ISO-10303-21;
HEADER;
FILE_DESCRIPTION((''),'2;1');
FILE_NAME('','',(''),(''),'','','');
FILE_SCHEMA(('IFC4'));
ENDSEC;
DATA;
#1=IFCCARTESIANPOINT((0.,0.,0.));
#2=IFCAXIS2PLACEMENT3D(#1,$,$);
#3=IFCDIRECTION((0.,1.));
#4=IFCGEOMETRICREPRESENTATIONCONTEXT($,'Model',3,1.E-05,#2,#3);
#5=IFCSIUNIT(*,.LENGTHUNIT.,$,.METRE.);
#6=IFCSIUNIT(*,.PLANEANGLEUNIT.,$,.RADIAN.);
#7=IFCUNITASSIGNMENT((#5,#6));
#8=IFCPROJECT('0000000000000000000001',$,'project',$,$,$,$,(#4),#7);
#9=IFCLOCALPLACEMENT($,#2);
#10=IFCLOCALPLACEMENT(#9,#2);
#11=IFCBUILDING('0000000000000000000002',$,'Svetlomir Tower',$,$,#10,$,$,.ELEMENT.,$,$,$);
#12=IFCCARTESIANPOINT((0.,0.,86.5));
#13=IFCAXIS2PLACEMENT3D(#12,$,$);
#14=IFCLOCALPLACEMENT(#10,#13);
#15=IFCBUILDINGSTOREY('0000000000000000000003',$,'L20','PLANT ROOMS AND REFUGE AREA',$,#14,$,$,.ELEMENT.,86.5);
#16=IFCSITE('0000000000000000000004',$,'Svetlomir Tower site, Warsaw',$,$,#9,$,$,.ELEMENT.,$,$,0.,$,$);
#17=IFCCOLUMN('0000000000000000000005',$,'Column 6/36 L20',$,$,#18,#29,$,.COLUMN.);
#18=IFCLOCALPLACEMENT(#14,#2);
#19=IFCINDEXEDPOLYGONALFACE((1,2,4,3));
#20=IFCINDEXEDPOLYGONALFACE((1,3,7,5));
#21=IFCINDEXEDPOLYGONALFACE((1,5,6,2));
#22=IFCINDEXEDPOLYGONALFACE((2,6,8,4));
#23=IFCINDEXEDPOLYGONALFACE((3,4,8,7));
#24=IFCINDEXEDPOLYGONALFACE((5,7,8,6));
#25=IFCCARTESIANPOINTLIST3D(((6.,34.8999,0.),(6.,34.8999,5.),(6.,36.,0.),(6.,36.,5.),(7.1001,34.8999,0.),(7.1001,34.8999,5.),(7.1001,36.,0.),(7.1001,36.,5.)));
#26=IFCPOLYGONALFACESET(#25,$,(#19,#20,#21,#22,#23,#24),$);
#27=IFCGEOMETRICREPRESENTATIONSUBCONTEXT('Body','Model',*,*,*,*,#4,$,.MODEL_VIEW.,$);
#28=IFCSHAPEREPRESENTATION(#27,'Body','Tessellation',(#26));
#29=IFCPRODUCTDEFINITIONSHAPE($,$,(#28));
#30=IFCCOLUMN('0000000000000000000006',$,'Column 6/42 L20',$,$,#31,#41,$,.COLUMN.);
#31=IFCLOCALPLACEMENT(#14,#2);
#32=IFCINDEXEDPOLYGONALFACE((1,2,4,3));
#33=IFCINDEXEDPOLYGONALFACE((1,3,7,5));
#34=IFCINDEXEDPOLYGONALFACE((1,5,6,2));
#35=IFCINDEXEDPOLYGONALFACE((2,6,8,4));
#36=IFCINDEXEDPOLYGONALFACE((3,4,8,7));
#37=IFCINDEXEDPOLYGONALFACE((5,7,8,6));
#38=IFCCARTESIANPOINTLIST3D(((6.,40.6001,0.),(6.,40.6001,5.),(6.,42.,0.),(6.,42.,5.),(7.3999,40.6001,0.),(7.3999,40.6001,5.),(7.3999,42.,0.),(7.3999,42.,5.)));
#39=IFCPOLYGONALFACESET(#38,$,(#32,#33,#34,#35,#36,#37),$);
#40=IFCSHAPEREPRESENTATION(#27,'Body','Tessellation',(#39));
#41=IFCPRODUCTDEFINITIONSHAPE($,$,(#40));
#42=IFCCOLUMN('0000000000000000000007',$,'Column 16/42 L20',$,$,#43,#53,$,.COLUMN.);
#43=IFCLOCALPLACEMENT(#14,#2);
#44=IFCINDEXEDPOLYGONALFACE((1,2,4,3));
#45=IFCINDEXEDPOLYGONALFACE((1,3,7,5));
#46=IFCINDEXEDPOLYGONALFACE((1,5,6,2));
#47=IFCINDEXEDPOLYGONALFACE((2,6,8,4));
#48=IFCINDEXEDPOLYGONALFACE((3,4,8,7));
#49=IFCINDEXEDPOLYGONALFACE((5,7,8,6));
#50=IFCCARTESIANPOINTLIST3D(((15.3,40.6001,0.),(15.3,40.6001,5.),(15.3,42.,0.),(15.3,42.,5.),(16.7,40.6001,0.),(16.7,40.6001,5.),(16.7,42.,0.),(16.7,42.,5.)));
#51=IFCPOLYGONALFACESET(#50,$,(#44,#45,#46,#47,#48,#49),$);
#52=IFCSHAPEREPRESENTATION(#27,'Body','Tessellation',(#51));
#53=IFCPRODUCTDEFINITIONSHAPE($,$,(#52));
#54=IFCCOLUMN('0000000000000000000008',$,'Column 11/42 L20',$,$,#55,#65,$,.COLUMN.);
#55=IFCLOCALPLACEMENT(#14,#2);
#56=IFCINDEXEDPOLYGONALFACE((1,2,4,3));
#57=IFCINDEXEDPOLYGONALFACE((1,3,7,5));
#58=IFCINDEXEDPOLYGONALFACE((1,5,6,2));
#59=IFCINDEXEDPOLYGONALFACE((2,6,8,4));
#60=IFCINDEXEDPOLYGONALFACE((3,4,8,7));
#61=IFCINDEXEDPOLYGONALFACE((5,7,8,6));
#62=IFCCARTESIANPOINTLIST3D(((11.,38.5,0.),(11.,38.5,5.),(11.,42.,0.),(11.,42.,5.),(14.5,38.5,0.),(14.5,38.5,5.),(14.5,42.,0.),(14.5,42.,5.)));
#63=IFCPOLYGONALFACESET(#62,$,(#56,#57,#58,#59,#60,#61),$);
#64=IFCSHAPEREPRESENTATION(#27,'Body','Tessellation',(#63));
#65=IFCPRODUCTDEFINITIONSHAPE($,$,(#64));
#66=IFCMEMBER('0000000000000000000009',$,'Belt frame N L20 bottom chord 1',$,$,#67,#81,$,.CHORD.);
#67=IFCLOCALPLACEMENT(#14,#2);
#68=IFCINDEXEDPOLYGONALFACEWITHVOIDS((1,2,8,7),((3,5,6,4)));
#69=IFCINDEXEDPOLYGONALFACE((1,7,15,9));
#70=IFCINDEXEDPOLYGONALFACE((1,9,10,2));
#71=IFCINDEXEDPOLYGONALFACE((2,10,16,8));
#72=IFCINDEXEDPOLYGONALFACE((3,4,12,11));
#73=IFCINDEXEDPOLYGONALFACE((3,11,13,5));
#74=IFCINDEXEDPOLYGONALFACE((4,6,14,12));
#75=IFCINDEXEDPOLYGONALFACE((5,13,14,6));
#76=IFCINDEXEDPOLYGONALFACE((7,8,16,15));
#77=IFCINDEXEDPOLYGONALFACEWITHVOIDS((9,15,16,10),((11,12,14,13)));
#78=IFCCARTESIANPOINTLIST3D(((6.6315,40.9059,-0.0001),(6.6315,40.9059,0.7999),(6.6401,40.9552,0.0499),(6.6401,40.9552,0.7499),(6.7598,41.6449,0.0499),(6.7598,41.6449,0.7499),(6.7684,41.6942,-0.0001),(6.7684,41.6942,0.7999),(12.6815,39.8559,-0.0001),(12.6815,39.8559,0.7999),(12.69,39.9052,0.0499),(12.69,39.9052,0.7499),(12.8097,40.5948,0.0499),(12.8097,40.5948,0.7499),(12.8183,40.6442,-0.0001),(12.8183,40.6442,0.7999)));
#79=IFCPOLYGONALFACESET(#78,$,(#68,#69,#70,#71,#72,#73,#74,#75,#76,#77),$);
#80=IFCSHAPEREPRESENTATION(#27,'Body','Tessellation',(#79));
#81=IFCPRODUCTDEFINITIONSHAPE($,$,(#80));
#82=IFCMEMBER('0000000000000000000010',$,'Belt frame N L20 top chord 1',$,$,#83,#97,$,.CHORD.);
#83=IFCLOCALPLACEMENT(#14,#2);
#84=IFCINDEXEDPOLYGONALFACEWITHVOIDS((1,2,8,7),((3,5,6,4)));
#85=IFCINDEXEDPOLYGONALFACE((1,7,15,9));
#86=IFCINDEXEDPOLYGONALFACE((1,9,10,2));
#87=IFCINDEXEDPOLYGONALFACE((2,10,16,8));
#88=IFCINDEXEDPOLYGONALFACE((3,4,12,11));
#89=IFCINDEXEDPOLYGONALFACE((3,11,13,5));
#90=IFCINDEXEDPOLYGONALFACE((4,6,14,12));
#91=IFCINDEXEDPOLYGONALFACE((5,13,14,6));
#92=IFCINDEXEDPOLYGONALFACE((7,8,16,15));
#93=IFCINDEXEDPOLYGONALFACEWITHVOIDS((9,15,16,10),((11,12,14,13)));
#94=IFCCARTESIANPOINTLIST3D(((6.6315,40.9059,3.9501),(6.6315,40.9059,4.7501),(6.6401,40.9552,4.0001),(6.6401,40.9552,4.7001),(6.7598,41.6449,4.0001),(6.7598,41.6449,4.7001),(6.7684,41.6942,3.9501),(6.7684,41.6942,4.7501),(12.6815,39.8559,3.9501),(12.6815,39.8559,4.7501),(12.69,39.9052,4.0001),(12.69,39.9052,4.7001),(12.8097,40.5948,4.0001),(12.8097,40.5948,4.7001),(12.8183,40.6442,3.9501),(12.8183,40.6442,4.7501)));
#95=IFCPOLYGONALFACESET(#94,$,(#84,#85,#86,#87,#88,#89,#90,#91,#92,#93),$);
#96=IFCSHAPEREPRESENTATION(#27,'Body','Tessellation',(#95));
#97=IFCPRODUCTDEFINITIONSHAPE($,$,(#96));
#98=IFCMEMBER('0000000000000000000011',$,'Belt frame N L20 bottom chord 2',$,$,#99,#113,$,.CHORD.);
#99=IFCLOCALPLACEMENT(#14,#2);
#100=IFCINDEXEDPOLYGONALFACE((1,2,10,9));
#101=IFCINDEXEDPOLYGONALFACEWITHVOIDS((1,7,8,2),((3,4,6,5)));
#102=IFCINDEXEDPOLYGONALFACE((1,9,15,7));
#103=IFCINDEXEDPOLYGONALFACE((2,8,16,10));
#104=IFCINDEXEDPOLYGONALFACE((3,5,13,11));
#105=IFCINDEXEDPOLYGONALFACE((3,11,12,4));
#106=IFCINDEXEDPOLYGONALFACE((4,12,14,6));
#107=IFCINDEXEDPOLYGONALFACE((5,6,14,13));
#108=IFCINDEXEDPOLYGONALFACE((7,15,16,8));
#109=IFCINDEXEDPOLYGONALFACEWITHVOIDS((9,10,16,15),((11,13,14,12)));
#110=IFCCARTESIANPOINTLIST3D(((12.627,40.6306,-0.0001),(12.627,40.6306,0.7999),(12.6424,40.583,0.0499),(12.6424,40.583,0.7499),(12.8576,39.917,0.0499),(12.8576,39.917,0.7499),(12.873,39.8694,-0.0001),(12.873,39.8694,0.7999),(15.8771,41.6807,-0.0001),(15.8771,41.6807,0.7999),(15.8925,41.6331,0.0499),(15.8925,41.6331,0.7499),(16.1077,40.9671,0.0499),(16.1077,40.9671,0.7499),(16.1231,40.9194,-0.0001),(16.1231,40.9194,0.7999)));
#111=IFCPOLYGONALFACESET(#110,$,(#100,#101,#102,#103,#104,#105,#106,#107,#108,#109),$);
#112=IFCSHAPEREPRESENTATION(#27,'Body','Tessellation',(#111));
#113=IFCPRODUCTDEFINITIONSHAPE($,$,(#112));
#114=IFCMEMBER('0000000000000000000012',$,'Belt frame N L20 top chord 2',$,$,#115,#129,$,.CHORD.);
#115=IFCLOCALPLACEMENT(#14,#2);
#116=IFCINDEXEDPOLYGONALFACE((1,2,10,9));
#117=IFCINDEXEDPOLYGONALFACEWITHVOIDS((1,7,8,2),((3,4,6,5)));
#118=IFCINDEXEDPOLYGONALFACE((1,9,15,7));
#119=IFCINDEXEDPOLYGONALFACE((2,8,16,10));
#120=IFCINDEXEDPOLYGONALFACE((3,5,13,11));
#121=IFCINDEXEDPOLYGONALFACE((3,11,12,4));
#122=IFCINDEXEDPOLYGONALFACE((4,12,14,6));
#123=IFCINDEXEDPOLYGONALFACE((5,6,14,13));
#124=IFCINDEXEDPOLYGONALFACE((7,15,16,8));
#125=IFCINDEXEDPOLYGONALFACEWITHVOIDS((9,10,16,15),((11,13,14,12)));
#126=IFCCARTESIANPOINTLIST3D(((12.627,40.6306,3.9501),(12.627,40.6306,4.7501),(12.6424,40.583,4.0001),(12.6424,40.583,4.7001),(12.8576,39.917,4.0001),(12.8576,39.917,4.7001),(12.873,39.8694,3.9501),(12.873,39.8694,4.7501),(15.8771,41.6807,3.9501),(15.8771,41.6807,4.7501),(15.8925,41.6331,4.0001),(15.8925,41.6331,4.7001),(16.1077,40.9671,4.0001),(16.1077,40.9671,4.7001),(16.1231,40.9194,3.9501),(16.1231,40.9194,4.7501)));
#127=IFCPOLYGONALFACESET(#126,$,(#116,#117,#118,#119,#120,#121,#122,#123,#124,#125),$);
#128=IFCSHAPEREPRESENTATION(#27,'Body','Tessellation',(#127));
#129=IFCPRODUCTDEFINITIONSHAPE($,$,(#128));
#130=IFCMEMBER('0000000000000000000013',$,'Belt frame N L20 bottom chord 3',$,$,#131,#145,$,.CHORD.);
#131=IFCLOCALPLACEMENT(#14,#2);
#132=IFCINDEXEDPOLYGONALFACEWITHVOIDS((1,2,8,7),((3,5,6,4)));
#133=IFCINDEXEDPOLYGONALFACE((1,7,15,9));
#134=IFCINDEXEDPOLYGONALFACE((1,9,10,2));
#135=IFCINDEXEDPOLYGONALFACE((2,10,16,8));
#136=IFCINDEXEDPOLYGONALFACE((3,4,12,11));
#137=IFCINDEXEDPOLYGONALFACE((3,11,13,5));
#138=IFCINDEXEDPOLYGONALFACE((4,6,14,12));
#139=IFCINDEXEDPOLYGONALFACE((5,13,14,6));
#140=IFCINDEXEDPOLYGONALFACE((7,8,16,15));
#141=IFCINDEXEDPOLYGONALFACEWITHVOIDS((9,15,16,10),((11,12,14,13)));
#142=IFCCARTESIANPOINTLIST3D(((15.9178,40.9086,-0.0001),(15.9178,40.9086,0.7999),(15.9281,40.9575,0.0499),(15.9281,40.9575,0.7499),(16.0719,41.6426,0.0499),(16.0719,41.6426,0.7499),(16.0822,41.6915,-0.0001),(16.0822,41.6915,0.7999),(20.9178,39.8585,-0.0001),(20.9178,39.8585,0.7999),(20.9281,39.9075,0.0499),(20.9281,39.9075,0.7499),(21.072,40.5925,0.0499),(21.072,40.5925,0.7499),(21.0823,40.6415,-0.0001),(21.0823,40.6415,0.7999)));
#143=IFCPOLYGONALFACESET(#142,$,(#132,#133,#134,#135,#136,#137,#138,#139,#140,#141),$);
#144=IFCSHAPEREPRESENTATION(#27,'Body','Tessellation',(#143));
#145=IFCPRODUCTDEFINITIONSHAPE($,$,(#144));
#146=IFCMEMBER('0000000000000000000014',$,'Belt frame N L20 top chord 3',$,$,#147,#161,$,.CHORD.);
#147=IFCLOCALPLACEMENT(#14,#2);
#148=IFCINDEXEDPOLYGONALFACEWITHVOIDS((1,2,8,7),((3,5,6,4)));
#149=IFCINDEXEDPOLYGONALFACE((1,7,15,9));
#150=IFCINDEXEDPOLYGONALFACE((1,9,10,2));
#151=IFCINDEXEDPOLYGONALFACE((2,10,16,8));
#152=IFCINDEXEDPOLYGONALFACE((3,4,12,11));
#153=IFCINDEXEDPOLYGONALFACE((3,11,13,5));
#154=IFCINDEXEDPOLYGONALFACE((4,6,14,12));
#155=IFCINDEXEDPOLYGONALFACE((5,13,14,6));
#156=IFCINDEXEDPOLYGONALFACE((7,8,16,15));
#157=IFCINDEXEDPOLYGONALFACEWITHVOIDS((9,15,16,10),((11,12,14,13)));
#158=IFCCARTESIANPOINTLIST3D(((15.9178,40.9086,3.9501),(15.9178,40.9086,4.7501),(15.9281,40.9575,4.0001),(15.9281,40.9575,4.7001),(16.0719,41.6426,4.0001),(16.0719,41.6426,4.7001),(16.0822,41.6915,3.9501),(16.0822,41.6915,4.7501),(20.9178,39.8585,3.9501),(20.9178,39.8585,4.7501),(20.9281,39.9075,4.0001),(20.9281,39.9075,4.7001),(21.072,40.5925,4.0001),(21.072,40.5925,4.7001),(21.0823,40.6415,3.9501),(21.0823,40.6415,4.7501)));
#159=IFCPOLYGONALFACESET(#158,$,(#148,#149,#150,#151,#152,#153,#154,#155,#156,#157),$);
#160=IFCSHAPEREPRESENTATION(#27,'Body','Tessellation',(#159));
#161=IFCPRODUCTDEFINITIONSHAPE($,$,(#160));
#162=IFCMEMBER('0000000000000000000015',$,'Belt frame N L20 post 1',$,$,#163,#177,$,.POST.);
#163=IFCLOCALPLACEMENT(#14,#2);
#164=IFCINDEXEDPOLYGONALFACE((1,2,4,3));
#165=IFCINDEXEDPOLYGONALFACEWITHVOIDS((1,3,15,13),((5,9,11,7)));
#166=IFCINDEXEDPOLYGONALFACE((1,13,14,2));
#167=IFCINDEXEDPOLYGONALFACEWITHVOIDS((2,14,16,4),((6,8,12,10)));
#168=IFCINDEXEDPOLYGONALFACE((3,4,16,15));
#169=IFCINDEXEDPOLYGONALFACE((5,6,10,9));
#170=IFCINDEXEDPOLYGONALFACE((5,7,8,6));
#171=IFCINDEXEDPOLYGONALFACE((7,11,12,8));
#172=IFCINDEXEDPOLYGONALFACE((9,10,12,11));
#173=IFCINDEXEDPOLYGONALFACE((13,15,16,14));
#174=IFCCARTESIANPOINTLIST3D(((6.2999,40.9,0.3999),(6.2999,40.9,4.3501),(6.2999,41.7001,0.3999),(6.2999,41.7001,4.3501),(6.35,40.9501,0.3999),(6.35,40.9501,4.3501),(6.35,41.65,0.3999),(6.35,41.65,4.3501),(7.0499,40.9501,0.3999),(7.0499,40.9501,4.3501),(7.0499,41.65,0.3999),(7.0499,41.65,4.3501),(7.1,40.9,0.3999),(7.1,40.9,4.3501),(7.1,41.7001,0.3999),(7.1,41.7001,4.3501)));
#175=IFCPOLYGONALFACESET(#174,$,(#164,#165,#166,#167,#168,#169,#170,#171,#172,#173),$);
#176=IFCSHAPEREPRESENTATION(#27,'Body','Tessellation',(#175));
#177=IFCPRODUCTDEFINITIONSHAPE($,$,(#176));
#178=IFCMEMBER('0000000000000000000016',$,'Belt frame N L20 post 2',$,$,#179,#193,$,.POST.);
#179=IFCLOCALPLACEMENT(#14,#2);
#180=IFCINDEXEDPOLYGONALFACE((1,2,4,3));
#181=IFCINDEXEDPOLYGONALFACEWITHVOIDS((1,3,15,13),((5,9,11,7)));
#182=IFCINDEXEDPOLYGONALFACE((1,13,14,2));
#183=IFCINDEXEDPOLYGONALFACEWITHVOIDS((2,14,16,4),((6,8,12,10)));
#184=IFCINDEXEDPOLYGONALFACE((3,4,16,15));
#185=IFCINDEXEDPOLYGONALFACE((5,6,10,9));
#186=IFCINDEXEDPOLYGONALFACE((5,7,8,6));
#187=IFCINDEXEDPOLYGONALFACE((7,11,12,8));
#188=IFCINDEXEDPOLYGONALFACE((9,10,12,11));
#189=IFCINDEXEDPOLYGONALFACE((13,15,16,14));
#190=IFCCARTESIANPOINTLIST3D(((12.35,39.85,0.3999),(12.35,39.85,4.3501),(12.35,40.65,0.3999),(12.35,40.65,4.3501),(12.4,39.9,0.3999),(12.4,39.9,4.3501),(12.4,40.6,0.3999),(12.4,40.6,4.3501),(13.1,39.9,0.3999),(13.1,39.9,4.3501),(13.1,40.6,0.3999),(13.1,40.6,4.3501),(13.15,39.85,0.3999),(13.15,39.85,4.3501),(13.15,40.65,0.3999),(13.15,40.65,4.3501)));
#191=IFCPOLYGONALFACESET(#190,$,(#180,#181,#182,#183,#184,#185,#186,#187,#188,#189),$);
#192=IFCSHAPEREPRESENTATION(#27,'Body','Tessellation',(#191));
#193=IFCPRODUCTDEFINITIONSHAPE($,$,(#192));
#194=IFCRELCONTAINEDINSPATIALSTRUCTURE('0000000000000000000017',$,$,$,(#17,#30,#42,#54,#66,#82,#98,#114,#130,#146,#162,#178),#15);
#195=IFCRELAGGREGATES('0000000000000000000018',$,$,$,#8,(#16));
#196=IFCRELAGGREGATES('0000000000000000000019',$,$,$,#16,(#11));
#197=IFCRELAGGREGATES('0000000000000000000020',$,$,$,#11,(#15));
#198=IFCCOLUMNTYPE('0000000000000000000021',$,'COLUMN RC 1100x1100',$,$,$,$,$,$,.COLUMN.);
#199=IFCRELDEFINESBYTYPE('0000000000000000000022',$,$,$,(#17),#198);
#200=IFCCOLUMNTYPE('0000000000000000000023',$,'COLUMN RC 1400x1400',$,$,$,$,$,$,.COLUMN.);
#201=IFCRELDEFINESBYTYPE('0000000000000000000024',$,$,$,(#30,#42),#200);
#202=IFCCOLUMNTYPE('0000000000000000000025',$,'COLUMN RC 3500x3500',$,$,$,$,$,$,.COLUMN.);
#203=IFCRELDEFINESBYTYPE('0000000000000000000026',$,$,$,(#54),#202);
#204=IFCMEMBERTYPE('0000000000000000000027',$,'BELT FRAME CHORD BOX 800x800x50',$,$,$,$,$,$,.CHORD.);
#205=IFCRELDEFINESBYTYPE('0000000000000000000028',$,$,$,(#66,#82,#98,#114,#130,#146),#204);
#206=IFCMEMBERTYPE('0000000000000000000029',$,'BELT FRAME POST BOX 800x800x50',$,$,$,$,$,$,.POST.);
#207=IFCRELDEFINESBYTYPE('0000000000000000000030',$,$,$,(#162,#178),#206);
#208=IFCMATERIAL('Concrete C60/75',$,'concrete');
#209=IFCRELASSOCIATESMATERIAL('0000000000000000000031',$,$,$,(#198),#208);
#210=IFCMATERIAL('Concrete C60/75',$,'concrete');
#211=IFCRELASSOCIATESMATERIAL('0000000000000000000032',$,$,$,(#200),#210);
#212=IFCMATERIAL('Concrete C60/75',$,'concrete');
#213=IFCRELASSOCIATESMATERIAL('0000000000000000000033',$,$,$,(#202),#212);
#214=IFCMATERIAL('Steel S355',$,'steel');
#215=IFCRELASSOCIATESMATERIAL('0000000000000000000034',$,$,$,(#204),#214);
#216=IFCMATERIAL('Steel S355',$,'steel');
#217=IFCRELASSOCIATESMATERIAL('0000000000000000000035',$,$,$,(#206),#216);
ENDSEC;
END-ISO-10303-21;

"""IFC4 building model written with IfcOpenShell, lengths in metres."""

from ifc_helpers import new_model, si_unit, direction, frame, origin, origin_2d, place, context, subcontext, project, spatial, rectangle, hollow_rectangle, extrude, material, material_profile, profile_set, type_object, element, save


model = new_model("IFC4")

# Units and contexts
model_context = context("Model", 3, precision=1e-05, world=origin(), true_north=direction((0.0, 1.0)))
body_context = subcontext(model_context, "Body", "Model", "MODEL_VIEW")
ifc_project = project(units=[si_unit("LENGTHUNIT", "METRE"), si_unit("PLANEANGLEUNIT", "RADIAN")], contexts=[model_context])

# Site, building, storey
site_placement = place(None, origin())
site = spatial("IfcSite", under=ifc_project, at=site_placement, Name="Svetlomir Tower site, Warsaw", CompositionType="ELEMENT", RefElevation=0.0)
building_placement = place(site_placement, origin())
building = spatial("IfcBuilding", under=site, at=building_placement, Name="Svetlomir Tower", CompositionType="ELEMENT")
storey_placement = place(building_placement, frame((0.0, 0.0, 86.5)))
storey = spatial("IfcBuildingStorey", under=building, at=storey_placement, Name="L20", Description="PLANT ROOMS AND REFUGE AREA", CompositionType="ELEMENT", Elevation=86.5)

# Columns
ifc_material_1 = material(Name="Concrete C60/75", Category="concrete")
ifc_material_profile_1 = material_profile(ifc_material_1, rectangle(XDim=1.1001, YDim=1.1001, at=origin_2d()), Name="RC 1100x1100")
ifc_profile_set_1 = profile_set([ifc_material_profile_1], Name="Concrete C60/75")
column_type_1 = type_object("IfcColumnType", Name="COLUMN RC 1100x1100", PredefinedType="COLUMN", material=ifc_profile_set_1)
column_1_placement = place(storey_placement, frame((6.55, 35.45, 0.0), z_axis=(0.0, 0.0, 1.0), x_axis=(1.0, 0.0, 0.0)))
element("IfcColumn", 1, at=column_1_placement, inside=storey, type_object=column_type_1, Name="Column 6/36 L20", PredefinedType="COLUMN", context=body_context, shape_type="SweptSolid", body=[
    extrude(rectangle(XDim=1.1001, YDim=1.1001, at=origin_2d()), origin(), (0.0, 0.0, 1.0), 5.0),
])
ifc_material_2 = material(Name="Concrete C60/75", Category="concrete")
ifc_material_profile_2 = material_profile(ifc_material_2, rectangle(XDim=1.3999, YDim=1.3999, at=origin_2d()), Name="RC 1400x1400")
ifc_profile_set_2 = profile_set([ifc_material_profile_2], Name="Concrete C60/75")
column_type_2 = type_object("IfcColumnType", Name="COLUMN RC 1400x1400", PredefinedType="COLUMN", material=ifc_profile_set_2)
for number, where, z_axis, x_axis, name in (
    (2, (6.7, 41.3, 0.0), (0.0, 0.0, 1.0), (1.0, 0.0, 0.0), "Column 6/42 L20"),
    (3, (16.0, 41.3, 0.0), (0.0, 0.0, 1.0), (1.0, 0.0, 0.0), "Column 16/42 L20"),
):
    element("IfcColumn", number, at=place(storey_placement, frame(where, z_axis=z_axis, x_axis=x_axis)), inside=storey, type_object=column_type_2, Name=name, PredefinedType="COLUMN", context=body_context, shape_type="SweptSolid", body=[
        extrude(rectangle(XDim=1.3999, YDim=1.3999, at=origin_2d()), origin(), (0.0, 0.0, 1.0), 5.0),
    ])
ifc_material_3 = material(Name="Concrete C60/75", Category="concrete")
ifc_material_profile_3 = material_profile(ifc_material_3, rectangle(XDim=3.5, YDim=3.5, at=origin_2d()), Name="RC 3500x3500")
ifc_profile_set_3 = profile_set([ifc_material_profile_3], Name="Concrete C60/75")
column_type_3 = type_object("IfcColumnType", Name="COLUMN RC 3500x3500", PredefinedType="COLUMN", material=ifc_profile_set_3)
column_2_placement = place(storey_placement, frame((12.75, 40.25, 0.0), z_axis=(0.0, 0.0, 1.0), x_axis=(1.0, 0.0, 0.0)))
element("IfcColumn", 4, at=column_2_placement, inside=storey, type_object=column_type_3, Name="Column 11/42 L20", PredefinedType="COLUMN", context=body_context, shape_type="SweptSolid", body=[
    extrude(rectangle(XDim=3.5, YDim=3.5, at=origin_2d()), origin(), (0.0, 0.0, 1.0), 5.0),
])

# Members
ifc_material_4 = material(Name="Steel S355", Category="steel")
ifc_material_profile_4 = material_profile(ifc_material_4, hollow_rectangle(XDim=0.8, YDim=0.8, WallThickness=0.05, at=origin_2d()), Name="BOX 800x800x50")
ifc_profile_set_4 = profile_set([ifc_material_profile_4], Name="Steel S355")
member_type_1 = type_object("IfcMemberType", Name="BELT FRAME CHORD BOX 800x800x50", PredefinedType="CHORD", material=ifc_profile_set_4)
for number, where, z_axis, x_axis, name in (
    (5, (6.7, 41.3, 0.3999), (0.98527, -0.171004, 0.0), (0.171004, 0.98527, 0.0), "Belt frame N L20 bottom chord 1"),
    (6, (6.7, 41.3, 4.3501), (0.98527, -0.171004, 0.0), (0.171004, 0.98527, 0.0), "Belt frame N L20 top chord 1"),
):
    element("IfcMember", number, at=place(storey_placement, frame(where, z_axis=z_axis, x_axis=x_axis)), inside=storey, type_object=member_type_1, Name=name, PredefinedType="CHORD", context=body_context, shape_type="SweptSolid", body=[
        extrude(hollow_rectangle(XDim=0.8, YDim=0.8, WallThickness=0.05, at=origin_2d()), origin(), (0.0, 0.0, 1.0), 6.1404),
    ])
for number, where, z_axis, x_axis, name in (
    (7, (12.75, 40.25, 0.3999), (0.951566, 0.307443, 0.0), (-0.307443, 0.951566, 0.0), "Belt frame N L20 bottom chord 2"),
    (8, (12.75, 40.25, 4.3501), (0.951566, 0.307443, 0.0), (-0.307443, 0.951566, 0.0), "Belt frame N L20 top chord 2"),
):
    element("IfcMember", number, at=place(storey_placement, frame(where, z_axis=z_axis, x_axis=x_axis)), inside=storey, type_object=member_type_1, Name=name, PredefinedType="CHORD", context=body_context, shape_type="SweptSolid", body=[
        extrude(hollow_rectangle(XDim=0.8, YDim=0.8, WallThickness=0.05, at=origin_2d()), origin(), (0.0, 0.0, 1.0), 3.4155),
    ])
for number, where, z_axis, x_axis, name in (
    (9, (16.0, 41.3, 0.3999), (0.978652, -0.205526, 0.0), (0.205526, 0.978652, 0.0), "Belt frame N L20 bottom chord 3"),
    (10, (16.0, 41.3, 4.3501), (0.978652, -0.205526, 0.0), (0.205526, 0.978652, 0.0), "Belt frame N L20 top chord 3"),
):
    element("IfcMember", number, at=place(storey_placement, frame(where, z_axis=z_axis, x_axis=x_axis)), inside=storey, type_object=member_type_1, Name=name, PredefinedType="CHORD", context=body_context, shape_type="SweptSolid", body=[
        extrude(hollow_rectangle(XDim=0.8, YDim=0.8, WallThickness=0.05, at=origin_2d()), origin(), (0.0, 0.0, 1.0), 5.1091),
    ])
ifc_material_5 = material(Name="Steel S355", Category="steel")
ifc_material_profile_5 = material_profile(ifc_material_5, hollow_rectangle(XDim=0.8, YDim=0.8, WallThickness=0.05, at=origin_2d()), Name="BOX 800x800x50")
ifc_profile_set_5 = profile_set([ifc_material_profile_5], Name="Steel S355")
member_type_2 = type_object("IfcMemberType", Name="BELT FRAME POST BOX 800x800x50", PredefinedType="POST", material=ifc_profile_set_5)
for number, where, z_axis, x_axis, name in (
    (11, (6.7, 41.3, 0.3999), (0.0, 0.0, 1.0), (1.0, 0.0, 0.0), "Belt frame N L20 post 1"),
    (12, (12.75, 40.25, 0.3999), (0.0, 0.0, 1.0), (1.0, 0.0, 0.0), "Belt frame N L20 post 2"),
):
    element("IfcMember", number, at=place(storey_placement, frame(where, z_axis=z_axis, x_axis=x_axis)), inside=storey, type_object=member_type_2, Name=name, PredefinedType="POST", context=body_context, shape_type="SweptSolid", body=[
        extrude(hollow_rectangle(XDim=0.8, YDim=0.8, WallThickness=0.05, at=origin_2d()), origin(), (0.0, 0.0, 1.0), 3.9502),
    ])

save(model, "model.ifc")
